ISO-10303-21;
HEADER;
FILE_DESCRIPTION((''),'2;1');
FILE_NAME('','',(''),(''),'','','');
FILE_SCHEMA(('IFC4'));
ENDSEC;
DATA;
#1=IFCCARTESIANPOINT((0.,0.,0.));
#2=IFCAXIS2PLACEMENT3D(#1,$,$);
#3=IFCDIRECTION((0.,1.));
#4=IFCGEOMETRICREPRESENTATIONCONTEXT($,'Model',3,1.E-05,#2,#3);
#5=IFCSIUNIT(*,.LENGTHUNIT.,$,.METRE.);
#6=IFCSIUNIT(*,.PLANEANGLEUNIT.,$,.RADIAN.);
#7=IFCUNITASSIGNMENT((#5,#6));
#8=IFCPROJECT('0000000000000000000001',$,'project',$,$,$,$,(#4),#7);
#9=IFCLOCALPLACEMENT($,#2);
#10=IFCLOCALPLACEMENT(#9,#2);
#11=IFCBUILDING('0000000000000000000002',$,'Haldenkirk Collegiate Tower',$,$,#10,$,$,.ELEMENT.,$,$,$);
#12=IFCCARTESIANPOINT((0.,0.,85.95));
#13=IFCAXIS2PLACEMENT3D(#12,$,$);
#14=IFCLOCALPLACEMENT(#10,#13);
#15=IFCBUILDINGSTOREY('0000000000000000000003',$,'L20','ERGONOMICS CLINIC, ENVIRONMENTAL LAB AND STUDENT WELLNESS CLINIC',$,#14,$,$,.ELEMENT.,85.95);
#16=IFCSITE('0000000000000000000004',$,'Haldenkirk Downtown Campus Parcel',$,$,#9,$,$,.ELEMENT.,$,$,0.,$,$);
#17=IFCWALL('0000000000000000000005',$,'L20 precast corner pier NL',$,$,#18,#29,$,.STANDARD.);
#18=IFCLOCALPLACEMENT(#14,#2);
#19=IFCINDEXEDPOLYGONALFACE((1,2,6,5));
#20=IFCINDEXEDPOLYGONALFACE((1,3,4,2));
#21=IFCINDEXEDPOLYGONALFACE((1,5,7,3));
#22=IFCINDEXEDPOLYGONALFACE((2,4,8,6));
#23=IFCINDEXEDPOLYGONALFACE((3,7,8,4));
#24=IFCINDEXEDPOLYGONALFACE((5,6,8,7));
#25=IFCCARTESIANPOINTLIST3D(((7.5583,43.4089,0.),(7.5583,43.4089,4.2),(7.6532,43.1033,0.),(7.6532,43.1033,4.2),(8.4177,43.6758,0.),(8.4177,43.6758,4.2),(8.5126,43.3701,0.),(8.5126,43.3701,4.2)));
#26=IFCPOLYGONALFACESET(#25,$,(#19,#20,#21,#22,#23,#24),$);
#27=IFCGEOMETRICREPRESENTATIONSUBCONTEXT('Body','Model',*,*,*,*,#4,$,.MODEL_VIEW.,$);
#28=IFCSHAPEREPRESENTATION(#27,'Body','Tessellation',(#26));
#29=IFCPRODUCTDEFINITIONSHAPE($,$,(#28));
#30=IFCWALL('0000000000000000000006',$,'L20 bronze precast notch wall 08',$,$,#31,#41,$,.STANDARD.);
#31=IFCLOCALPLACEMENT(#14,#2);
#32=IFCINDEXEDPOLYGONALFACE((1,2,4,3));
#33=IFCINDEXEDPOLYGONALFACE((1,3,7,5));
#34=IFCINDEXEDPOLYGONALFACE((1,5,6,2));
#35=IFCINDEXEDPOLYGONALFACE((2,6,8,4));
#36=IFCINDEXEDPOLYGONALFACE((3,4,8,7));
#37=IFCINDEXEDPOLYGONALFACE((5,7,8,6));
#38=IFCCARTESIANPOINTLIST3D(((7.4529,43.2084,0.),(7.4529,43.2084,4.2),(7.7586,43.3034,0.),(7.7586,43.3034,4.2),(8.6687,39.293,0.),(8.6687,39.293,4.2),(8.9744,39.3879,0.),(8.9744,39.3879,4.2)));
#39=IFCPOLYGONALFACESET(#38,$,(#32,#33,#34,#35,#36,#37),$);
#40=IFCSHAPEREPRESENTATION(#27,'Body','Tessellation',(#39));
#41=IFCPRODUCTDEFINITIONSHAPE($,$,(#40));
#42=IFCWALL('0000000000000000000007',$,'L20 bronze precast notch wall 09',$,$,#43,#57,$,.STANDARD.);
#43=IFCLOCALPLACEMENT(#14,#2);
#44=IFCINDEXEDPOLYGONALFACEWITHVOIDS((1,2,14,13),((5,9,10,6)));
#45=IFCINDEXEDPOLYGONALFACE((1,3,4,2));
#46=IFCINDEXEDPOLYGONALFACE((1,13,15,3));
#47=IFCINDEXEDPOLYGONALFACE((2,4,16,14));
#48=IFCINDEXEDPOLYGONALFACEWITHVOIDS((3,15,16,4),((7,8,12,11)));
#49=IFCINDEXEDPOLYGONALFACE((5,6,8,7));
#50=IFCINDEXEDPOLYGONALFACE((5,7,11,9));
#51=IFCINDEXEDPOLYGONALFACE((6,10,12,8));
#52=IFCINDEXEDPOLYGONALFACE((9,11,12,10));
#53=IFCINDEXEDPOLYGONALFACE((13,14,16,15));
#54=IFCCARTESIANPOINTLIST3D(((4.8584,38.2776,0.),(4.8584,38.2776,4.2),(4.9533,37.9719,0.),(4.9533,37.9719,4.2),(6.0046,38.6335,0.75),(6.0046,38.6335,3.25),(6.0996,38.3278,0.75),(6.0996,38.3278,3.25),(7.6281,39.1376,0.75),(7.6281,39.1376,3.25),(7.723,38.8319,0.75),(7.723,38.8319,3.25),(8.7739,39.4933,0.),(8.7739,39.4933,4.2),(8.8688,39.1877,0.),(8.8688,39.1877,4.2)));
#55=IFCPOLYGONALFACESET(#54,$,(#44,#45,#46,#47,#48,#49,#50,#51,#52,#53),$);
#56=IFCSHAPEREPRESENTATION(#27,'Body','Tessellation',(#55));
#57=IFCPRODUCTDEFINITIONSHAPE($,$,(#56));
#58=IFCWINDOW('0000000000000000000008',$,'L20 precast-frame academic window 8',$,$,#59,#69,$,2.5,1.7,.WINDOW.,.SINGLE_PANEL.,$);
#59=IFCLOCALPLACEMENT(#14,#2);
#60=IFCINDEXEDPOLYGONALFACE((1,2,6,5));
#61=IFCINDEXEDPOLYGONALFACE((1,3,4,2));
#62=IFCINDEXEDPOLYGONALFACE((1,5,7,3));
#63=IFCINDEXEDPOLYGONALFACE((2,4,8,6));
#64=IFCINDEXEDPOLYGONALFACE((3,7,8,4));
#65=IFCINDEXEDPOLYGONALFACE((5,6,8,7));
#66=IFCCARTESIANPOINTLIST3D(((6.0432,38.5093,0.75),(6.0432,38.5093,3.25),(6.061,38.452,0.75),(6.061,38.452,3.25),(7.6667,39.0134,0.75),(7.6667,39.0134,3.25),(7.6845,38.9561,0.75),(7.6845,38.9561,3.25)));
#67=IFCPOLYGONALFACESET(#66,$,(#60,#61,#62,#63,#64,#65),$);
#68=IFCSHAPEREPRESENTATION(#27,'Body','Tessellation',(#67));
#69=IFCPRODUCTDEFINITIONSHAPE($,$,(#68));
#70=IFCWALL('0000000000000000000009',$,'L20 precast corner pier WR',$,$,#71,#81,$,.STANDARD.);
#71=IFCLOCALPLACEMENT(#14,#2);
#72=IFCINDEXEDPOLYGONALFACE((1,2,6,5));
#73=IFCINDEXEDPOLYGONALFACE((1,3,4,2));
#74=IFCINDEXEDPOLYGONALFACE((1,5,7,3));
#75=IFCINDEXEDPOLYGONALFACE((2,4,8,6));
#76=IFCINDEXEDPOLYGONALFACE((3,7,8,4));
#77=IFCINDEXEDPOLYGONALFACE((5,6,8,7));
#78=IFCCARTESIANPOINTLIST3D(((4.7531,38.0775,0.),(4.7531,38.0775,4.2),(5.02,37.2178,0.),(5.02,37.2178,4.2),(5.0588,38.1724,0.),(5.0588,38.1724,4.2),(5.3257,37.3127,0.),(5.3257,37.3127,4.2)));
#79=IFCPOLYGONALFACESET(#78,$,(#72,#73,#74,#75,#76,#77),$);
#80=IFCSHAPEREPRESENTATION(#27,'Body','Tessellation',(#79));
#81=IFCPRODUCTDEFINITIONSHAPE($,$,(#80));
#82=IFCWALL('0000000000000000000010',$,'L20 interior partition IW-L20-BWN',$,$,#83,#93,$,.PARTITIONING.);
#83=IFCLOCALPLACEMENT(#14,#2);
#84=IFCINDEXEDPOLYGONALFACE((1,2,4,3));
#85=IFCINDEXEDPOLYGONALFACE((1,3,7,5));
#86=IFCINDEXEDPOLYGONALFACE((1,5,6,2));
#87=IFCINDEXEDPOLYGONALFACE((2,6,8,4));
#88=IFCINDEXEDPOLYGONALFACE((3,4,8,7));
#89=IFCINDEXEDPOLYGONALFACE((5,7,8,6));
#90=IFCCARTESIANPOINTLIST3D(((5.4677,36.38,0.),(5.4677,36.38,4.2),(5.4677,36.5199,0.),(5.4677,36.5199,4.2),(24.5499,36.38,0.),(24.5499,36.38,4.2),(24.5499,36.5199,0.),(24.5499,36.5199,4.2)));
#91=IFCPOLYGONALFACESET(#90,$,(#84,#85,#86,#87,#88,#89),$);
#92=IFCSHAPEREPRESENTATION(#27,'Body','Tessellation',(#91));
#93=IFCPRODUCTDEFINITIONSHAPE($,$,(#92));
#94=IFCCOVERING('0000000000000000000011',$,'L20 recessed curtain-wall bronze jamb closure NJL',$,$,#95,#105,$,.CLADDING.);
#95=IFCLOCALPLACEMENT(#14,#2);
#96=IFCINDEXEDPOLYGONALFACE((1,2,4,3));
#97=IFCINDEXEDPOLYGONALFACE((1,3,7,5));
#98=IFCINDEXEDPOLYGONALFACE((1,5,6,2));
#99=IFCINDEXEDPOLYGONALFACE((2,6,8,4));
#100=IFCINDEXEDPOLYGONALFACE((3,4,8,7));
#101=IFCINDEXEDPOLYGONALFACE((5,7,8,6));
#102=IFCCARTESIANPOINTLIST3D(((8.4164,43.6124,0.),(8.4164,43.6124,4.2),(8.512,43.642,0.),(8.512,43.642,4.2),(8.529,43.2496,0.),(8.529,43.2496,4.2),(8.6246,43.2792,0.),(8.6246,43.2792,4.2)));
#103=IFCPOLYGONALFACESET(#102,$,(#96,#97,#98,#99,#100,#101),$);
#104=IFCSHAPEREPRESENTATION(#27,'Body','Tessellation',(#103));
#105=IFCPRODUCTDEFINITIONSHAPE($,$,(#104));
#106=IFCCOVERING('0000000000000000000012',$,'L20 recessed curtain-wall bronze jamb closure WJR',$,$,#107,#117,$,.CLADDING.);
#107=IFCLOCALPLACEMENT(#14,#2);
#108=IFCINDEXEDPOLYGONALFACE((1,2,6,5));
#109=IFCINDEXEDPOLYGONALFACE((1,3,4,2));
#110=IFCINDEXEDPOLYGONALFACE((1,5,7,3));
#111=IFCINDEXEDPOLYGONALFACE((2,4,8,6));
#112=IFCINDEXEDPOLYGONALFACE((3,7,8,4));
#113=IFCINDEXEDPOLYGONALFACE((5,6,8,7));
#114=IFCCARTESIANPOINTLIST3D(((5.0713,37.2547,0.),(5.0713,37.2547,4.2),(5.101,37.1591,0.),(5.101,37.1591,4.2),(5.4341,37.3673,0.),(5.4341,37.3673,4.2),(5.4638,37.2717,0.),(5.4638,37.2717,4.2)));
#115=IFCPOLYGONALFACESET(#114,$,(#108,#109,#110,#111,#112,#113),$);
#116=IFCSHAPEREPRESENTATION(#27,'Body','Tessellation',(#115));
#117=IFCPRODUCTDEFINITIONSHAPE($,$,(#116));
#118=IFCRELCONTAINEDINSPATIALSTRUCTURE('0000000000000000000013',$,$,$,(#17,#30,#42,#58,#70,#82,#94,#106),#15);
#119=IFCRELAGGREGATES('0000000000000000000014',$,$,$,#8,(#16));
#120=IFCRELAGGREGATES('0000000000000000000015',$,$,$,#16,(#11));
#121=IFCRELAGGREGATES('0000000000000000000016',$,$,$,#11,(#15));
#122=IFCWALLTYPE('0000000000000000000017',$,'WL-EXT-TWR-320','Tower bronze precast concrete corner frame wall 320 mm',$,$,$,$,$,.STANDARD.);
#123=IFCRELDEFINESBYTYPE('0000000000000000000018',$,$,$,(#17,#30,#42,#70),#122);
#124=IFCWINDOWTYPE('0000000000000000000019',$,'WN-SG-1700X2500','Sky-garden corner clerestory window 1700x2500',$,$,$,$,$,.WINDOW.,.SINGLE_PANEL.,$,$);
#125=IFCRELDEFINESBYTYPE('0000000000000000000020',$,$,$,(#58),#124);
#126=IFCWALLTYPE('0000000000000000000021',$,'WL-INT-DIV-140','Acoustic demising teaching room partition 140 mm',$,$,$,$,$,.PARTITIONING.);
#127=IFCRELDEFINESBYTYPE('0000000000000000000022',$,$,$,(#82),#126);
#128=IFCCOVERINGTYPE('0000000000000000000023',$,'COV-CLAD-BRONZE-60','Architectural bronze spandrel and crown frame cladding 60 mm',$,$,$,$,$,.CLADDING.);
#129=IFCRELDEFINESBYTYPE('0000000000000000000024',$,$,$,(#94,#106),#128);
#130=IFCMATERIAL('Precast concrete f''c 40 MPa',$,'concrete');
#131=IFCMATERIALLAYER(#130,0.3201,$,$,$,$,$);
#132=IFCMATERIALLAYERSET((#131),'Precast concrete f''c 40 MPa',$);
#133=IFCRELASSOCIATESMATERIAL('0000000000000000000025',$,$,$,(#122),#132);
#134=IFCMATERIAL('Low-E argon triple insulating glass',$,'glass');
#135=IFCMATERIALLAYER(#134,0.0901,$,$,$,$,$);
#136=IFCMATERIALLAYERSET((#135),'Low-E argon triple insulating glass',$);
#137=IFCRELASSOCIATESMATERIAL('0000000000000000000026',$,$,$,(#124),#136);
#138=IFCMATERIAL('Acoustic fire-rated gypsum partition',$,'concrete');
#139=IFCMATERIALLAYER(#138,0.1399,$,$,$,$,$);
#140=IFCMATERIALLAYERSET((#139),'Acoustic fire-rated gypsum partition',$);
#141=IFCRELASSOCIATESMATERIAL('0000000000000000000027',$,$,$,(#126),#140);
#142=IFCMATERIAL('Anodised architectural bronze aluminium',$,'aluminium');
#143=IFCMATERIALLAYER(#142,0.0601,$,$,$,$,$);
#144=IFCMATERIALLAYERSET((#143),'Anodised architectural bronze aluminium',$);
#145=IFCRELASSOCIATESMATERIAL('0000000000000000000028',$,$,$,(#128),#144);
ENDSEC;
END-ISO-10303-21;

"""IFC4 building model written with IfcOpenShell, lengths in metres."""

from ifc_helpers import new_model, si_unit, direction, frame, frame_2d, origin, origin_2d, place, context, subcontext, project, spatial, rectangle, extrude, source, transform, mapped, material, layer, layer_set, type_object, element, fill, save


model = new_model("IFC4")

# Units and contexts
model_context = context("Model", 3, precision=1e-05, world=origin(), true_north=direction((0.0, 1.0)))
body_context = subcontext(model_context, "Body", "Model", "MODEL_VIEW")
ifc_project = project(units=[si_unit("LENGTHUNIT", "METRE"), si_unit("PLANEANGLEUNIT", "RADIAN")], contexts=[model_context])

# Site, building, storey
site_placement = place(None, origin())
site = spatial("IfcSite", under=ifc_project, at=site_placement, Name="Haldenkirk Downtown Campus Parcel", CompositionType="ELEMENT", RefElevation=0.0)
building_placement = place(site_placement, origin())
building = spatial("IfcBuilding", under=site, at=building_placement, Name="Haldenkirk Collegiate Tower", CompositionType="ELEMENT")
storey_placement = place(building_placement, frame((0.0, 0.0, 85.95)))
storey = spatial("IfcBuildingStorey", under=building, at=storey_placement, Name="L20", Description="ERGONOMICS CLINIC, ENVIRONMENTAL LAB AND STUDENT WELLNESS CLINIC", CompositionType="ELEMENT", Elevation=85.95)

# Shared definitions
ifc_material_1 = material(Name="Anodised architectural bronze aluminium", Category="aluminium")

# Shared definitions
ifc_material_2 = material(Name="Low-E argon triple insulating glass", Category="glass")

# Walls
ifc_material_3 = material(Name="Precast concrete f'c 40 MPa", Category="concrete")
ifc_layer_1 = layer(ifc_material_3, 0.3201)
ifc_layer_set_1 = layer_set([ifc_layer_1], Name="Precast concrete f'c 40 MPa")
wall_type_1 = type_object("IfcWallType", Name="WL-EXT-TWR-320", Description="Tower bronze precast concrete corner frame wall 320 mm", PredefinedType="STANDARD", material=ifc_layer_set_1)
wall_1_placement = place(storey_placement, frame((7.6057, 43.2561, 0.0), z_axis=(0.0, 0.0, 1.0), x_axis=(0.955019, 0.296544, 0.0)))
element("IfcWall", 1, at=wall_1_placement, inside=storey, type_object=wall_type_1, Name="L20 precast corner pier NL", PredefinedType="STANDARD", context=body_context, shape_type="SweptSolid", body=[
    extrude(rectangle(XDim=0.8999, YDim=0.3201, at=frame_2d((0.45, 0.0))), origin(), (0.0, 0.0, 1.0), 4.2),
])
wall_2_placement = place(storey_placement, frame((8.8215, 39.3406, 0.0), z_axis=(0.0, 0.0, 1.0), x_axis=(-0.296545, 0.955019, 0.0)))
element("IfcWall", 2, at=wall_2_placement, inside=storey, type_object=wall_type_1, Name="L20 bronze precast notch wall 08", PredefinedType="STANDARD", context=body_context, shape_type="SweptSolid", body=[
    extrude(rectangle(XDim=4.0999, YDim=0.3201, at=frame_2d((2.0498, 0.0))), origin(), (0.0, 0.0, 1.0), 4.2),
])

# Wall, opening, window
wall_3_placement = place(storey_placement, frame((4.906, 38.1248, 0.0), z_axis=(0.0, 0.0, 1.0), x_axis=(0.955019, 0.296545, 0.0)))
wall_3 = element("IfcWall", 3, at=wall_3_placement, inside=storey, type_object=wall_type_1, Name="L20 bronze precast notch wall 09", PredefinedType="STANDARD", context=body_context, shape_type="SweptSolid", body=[
    extrude(rectangle(XDim=4.0999, YDim=0.3201, at=frame_2d((2.0498, 0.0))), origin(), (0.0, 0.0, 1.0), 4.2),
])
opening_placement = place(wall_3_placement, frame((1.2, 0.0, 0.75)))
opening = element("IfcOpeningElement", 4, at=opening_placement, cuts=wall_3, PredefinedType="OPENING", context=body_context, shape_type="SweptSolid", body=[
    extrude(rectangle(XDim=1.7, YDim=2.5, at=frame_2d((0.8501, 1.25))), frame((0.0, 0.1699, 0.0), z_axis=(0.0, -1.0, 0.0), x_axis=(1.0, 0.0, 0.0)), (0.0, 0.0, 1.0), 0.3401),
])
ifc_layer_2 = layer(ifc_material_2, 0.0901)
ifc_layer_set_2 = layer_set([ifc_layer_2], Name="Low-E argon triple insulating glass")
window_type = type_object("IfcWindowType", Name="WN-SG-1700X2500", Description="Sky-garden corner clerestory window 1700x2500", PartitioningType="SINGLE_PANEL", PredefinedType="WINDOW", material=ifc_layer_set_2)
window_placement = place(opening_placement, origin())
window = element("IfcWindow", 5, at=window_placement, inside=storey, type_object=window_type, Name="L20 precast-frame academic window 8", OverallHeight=2.5, OverallWidth=1.7, PartitioningType="SINGLE_PANEL", PredefinedType="WINDOW", context=body_context, shape_type="SweptSolid", body=[
    extrude(rectangle(XDim=1.7, YDim=2.5, at=frame_2d((0.8501, 1.25))), frame((0.0, 0.03, 0.0), z_axis=(0.0, -1.0, 0.0), x_axis=(1.0, 0.0, 0.0)), (0.0, 0.0, 1.0), 0.0601),
])
fill(opening, window)

# Walls
wall_4_placement = place(storey_placement, frame((5.1729, 37.2651, 0.0), z_axis=(0.0, 0.0, 1.0), x_axis=(-0.296467, 0.955043, 0.0)))
element("IfcWall", 6, at=wall_4_placement, inside=storey, type_object=wall_type_1, Name="L20 precast corner pier WR", PredefinedType="STANDARD", context=body_context, shape_type="SweptSolid", body=[
    extrude(rectangle(XDim=0.9001, YDim=0.3201, at=frame_2d((0.4502, 0.0))), origin(), (0.0, 0.0, 1.0), 4.2),
])
ifc_material_4 = material(Name="Acoustic fire-rated gypsum partition", Category="concrete")
ifc_layer_3 = layer(ifc_material_4, 0.1399)
ifc_layer_set_3 = layer_set([ifc_layer_3], Name="Acoustic fire-rated gypsum partition")
wall_type_2 = type_object("IfcWallType", Name="WL-INT-DIV-140", Description="Acoustic demising teaching room partition 140 mm", PredefinedType="PARTITIONING", material=ifc_layer_set_3)
wall_5_placement = place(storey_placement, frame((5.4678, 36.45, 0.0), z_axis=(0.0, 0.0, 1.0), x_axis=(1.0, 0.0, 0.0)))
element("IfcWall", 7, at=wall_5_placement, inside=storey, type_object=wall_type_2, Name="L20 interior partition IW-L20-BWN", PredefinedType="PARTITIONING", context=body_context, shape_type="SweptSolid", body=[
    extrude(rectangle(XDim=19.0823, YDim=0.1399, at=frame_2d((9.541, 0.0))), origin(), (0.0, 0.0, 1.0), 4.2),
])

# Coverings
ifc_layer_4 = layer(ifc_material_1, 0.0601)
ifc_layer_set_4 = layer_set([ifc_layer_4], Name="Anodised architectural bronze aluminium")
covering_type = type_object("IfcCoveringType", Name="COV-CLAD-BRONZE-60", Description="Architectural bronze spandrel and crown frame cladding 60 mm", PredefinedType="CLADDING", material=ifc_layer_set_4)
shared_shape_1 = source(origin(), body_context, "Body", "SweptSolid", [
    extrude(rectangle(XDim=0.1001, YDim=0.3799, at=origin_2d()), origin(), (0.0, 0.0, 1.0), 4.2),
])
for number, where, z_axis, x_axis, name in (
    (8, (8.5205, 43.4458, 0.0), (0.0, 0.0, 1.0), (0.95502, 0.296542, 0.0), "L20 recessed curtain-wall bronze jamb closure NJL"),
    (9, (5.2676, 37.2632, 0.0), (0.0, 0.0, 1.0), (-0.296542, 0.95502, 0.0), "L20 recessed curtain-wall bronze jamb closure WJR"),
):
    element("IfcCovering", number, at=place(storey_placement, frame(where, z_axis=z_axis, x_axis=x_axis)), inside=storey, type_object=covering_type, Name=name, PredefinedType="CLADDING", context=body_context, shape_type="MappedRepresentation", body=[
        mapped(shared_shape_1, transform((0.0, 0.0, 0.0), x_axis=(1.0, 0.0, 0.0), y_axis=(0.0, 1.0, 0.0), z_axis=(0.0, 0.0, 1.0), scale=1.0)),
    ])

save(model, "model.ifc")
